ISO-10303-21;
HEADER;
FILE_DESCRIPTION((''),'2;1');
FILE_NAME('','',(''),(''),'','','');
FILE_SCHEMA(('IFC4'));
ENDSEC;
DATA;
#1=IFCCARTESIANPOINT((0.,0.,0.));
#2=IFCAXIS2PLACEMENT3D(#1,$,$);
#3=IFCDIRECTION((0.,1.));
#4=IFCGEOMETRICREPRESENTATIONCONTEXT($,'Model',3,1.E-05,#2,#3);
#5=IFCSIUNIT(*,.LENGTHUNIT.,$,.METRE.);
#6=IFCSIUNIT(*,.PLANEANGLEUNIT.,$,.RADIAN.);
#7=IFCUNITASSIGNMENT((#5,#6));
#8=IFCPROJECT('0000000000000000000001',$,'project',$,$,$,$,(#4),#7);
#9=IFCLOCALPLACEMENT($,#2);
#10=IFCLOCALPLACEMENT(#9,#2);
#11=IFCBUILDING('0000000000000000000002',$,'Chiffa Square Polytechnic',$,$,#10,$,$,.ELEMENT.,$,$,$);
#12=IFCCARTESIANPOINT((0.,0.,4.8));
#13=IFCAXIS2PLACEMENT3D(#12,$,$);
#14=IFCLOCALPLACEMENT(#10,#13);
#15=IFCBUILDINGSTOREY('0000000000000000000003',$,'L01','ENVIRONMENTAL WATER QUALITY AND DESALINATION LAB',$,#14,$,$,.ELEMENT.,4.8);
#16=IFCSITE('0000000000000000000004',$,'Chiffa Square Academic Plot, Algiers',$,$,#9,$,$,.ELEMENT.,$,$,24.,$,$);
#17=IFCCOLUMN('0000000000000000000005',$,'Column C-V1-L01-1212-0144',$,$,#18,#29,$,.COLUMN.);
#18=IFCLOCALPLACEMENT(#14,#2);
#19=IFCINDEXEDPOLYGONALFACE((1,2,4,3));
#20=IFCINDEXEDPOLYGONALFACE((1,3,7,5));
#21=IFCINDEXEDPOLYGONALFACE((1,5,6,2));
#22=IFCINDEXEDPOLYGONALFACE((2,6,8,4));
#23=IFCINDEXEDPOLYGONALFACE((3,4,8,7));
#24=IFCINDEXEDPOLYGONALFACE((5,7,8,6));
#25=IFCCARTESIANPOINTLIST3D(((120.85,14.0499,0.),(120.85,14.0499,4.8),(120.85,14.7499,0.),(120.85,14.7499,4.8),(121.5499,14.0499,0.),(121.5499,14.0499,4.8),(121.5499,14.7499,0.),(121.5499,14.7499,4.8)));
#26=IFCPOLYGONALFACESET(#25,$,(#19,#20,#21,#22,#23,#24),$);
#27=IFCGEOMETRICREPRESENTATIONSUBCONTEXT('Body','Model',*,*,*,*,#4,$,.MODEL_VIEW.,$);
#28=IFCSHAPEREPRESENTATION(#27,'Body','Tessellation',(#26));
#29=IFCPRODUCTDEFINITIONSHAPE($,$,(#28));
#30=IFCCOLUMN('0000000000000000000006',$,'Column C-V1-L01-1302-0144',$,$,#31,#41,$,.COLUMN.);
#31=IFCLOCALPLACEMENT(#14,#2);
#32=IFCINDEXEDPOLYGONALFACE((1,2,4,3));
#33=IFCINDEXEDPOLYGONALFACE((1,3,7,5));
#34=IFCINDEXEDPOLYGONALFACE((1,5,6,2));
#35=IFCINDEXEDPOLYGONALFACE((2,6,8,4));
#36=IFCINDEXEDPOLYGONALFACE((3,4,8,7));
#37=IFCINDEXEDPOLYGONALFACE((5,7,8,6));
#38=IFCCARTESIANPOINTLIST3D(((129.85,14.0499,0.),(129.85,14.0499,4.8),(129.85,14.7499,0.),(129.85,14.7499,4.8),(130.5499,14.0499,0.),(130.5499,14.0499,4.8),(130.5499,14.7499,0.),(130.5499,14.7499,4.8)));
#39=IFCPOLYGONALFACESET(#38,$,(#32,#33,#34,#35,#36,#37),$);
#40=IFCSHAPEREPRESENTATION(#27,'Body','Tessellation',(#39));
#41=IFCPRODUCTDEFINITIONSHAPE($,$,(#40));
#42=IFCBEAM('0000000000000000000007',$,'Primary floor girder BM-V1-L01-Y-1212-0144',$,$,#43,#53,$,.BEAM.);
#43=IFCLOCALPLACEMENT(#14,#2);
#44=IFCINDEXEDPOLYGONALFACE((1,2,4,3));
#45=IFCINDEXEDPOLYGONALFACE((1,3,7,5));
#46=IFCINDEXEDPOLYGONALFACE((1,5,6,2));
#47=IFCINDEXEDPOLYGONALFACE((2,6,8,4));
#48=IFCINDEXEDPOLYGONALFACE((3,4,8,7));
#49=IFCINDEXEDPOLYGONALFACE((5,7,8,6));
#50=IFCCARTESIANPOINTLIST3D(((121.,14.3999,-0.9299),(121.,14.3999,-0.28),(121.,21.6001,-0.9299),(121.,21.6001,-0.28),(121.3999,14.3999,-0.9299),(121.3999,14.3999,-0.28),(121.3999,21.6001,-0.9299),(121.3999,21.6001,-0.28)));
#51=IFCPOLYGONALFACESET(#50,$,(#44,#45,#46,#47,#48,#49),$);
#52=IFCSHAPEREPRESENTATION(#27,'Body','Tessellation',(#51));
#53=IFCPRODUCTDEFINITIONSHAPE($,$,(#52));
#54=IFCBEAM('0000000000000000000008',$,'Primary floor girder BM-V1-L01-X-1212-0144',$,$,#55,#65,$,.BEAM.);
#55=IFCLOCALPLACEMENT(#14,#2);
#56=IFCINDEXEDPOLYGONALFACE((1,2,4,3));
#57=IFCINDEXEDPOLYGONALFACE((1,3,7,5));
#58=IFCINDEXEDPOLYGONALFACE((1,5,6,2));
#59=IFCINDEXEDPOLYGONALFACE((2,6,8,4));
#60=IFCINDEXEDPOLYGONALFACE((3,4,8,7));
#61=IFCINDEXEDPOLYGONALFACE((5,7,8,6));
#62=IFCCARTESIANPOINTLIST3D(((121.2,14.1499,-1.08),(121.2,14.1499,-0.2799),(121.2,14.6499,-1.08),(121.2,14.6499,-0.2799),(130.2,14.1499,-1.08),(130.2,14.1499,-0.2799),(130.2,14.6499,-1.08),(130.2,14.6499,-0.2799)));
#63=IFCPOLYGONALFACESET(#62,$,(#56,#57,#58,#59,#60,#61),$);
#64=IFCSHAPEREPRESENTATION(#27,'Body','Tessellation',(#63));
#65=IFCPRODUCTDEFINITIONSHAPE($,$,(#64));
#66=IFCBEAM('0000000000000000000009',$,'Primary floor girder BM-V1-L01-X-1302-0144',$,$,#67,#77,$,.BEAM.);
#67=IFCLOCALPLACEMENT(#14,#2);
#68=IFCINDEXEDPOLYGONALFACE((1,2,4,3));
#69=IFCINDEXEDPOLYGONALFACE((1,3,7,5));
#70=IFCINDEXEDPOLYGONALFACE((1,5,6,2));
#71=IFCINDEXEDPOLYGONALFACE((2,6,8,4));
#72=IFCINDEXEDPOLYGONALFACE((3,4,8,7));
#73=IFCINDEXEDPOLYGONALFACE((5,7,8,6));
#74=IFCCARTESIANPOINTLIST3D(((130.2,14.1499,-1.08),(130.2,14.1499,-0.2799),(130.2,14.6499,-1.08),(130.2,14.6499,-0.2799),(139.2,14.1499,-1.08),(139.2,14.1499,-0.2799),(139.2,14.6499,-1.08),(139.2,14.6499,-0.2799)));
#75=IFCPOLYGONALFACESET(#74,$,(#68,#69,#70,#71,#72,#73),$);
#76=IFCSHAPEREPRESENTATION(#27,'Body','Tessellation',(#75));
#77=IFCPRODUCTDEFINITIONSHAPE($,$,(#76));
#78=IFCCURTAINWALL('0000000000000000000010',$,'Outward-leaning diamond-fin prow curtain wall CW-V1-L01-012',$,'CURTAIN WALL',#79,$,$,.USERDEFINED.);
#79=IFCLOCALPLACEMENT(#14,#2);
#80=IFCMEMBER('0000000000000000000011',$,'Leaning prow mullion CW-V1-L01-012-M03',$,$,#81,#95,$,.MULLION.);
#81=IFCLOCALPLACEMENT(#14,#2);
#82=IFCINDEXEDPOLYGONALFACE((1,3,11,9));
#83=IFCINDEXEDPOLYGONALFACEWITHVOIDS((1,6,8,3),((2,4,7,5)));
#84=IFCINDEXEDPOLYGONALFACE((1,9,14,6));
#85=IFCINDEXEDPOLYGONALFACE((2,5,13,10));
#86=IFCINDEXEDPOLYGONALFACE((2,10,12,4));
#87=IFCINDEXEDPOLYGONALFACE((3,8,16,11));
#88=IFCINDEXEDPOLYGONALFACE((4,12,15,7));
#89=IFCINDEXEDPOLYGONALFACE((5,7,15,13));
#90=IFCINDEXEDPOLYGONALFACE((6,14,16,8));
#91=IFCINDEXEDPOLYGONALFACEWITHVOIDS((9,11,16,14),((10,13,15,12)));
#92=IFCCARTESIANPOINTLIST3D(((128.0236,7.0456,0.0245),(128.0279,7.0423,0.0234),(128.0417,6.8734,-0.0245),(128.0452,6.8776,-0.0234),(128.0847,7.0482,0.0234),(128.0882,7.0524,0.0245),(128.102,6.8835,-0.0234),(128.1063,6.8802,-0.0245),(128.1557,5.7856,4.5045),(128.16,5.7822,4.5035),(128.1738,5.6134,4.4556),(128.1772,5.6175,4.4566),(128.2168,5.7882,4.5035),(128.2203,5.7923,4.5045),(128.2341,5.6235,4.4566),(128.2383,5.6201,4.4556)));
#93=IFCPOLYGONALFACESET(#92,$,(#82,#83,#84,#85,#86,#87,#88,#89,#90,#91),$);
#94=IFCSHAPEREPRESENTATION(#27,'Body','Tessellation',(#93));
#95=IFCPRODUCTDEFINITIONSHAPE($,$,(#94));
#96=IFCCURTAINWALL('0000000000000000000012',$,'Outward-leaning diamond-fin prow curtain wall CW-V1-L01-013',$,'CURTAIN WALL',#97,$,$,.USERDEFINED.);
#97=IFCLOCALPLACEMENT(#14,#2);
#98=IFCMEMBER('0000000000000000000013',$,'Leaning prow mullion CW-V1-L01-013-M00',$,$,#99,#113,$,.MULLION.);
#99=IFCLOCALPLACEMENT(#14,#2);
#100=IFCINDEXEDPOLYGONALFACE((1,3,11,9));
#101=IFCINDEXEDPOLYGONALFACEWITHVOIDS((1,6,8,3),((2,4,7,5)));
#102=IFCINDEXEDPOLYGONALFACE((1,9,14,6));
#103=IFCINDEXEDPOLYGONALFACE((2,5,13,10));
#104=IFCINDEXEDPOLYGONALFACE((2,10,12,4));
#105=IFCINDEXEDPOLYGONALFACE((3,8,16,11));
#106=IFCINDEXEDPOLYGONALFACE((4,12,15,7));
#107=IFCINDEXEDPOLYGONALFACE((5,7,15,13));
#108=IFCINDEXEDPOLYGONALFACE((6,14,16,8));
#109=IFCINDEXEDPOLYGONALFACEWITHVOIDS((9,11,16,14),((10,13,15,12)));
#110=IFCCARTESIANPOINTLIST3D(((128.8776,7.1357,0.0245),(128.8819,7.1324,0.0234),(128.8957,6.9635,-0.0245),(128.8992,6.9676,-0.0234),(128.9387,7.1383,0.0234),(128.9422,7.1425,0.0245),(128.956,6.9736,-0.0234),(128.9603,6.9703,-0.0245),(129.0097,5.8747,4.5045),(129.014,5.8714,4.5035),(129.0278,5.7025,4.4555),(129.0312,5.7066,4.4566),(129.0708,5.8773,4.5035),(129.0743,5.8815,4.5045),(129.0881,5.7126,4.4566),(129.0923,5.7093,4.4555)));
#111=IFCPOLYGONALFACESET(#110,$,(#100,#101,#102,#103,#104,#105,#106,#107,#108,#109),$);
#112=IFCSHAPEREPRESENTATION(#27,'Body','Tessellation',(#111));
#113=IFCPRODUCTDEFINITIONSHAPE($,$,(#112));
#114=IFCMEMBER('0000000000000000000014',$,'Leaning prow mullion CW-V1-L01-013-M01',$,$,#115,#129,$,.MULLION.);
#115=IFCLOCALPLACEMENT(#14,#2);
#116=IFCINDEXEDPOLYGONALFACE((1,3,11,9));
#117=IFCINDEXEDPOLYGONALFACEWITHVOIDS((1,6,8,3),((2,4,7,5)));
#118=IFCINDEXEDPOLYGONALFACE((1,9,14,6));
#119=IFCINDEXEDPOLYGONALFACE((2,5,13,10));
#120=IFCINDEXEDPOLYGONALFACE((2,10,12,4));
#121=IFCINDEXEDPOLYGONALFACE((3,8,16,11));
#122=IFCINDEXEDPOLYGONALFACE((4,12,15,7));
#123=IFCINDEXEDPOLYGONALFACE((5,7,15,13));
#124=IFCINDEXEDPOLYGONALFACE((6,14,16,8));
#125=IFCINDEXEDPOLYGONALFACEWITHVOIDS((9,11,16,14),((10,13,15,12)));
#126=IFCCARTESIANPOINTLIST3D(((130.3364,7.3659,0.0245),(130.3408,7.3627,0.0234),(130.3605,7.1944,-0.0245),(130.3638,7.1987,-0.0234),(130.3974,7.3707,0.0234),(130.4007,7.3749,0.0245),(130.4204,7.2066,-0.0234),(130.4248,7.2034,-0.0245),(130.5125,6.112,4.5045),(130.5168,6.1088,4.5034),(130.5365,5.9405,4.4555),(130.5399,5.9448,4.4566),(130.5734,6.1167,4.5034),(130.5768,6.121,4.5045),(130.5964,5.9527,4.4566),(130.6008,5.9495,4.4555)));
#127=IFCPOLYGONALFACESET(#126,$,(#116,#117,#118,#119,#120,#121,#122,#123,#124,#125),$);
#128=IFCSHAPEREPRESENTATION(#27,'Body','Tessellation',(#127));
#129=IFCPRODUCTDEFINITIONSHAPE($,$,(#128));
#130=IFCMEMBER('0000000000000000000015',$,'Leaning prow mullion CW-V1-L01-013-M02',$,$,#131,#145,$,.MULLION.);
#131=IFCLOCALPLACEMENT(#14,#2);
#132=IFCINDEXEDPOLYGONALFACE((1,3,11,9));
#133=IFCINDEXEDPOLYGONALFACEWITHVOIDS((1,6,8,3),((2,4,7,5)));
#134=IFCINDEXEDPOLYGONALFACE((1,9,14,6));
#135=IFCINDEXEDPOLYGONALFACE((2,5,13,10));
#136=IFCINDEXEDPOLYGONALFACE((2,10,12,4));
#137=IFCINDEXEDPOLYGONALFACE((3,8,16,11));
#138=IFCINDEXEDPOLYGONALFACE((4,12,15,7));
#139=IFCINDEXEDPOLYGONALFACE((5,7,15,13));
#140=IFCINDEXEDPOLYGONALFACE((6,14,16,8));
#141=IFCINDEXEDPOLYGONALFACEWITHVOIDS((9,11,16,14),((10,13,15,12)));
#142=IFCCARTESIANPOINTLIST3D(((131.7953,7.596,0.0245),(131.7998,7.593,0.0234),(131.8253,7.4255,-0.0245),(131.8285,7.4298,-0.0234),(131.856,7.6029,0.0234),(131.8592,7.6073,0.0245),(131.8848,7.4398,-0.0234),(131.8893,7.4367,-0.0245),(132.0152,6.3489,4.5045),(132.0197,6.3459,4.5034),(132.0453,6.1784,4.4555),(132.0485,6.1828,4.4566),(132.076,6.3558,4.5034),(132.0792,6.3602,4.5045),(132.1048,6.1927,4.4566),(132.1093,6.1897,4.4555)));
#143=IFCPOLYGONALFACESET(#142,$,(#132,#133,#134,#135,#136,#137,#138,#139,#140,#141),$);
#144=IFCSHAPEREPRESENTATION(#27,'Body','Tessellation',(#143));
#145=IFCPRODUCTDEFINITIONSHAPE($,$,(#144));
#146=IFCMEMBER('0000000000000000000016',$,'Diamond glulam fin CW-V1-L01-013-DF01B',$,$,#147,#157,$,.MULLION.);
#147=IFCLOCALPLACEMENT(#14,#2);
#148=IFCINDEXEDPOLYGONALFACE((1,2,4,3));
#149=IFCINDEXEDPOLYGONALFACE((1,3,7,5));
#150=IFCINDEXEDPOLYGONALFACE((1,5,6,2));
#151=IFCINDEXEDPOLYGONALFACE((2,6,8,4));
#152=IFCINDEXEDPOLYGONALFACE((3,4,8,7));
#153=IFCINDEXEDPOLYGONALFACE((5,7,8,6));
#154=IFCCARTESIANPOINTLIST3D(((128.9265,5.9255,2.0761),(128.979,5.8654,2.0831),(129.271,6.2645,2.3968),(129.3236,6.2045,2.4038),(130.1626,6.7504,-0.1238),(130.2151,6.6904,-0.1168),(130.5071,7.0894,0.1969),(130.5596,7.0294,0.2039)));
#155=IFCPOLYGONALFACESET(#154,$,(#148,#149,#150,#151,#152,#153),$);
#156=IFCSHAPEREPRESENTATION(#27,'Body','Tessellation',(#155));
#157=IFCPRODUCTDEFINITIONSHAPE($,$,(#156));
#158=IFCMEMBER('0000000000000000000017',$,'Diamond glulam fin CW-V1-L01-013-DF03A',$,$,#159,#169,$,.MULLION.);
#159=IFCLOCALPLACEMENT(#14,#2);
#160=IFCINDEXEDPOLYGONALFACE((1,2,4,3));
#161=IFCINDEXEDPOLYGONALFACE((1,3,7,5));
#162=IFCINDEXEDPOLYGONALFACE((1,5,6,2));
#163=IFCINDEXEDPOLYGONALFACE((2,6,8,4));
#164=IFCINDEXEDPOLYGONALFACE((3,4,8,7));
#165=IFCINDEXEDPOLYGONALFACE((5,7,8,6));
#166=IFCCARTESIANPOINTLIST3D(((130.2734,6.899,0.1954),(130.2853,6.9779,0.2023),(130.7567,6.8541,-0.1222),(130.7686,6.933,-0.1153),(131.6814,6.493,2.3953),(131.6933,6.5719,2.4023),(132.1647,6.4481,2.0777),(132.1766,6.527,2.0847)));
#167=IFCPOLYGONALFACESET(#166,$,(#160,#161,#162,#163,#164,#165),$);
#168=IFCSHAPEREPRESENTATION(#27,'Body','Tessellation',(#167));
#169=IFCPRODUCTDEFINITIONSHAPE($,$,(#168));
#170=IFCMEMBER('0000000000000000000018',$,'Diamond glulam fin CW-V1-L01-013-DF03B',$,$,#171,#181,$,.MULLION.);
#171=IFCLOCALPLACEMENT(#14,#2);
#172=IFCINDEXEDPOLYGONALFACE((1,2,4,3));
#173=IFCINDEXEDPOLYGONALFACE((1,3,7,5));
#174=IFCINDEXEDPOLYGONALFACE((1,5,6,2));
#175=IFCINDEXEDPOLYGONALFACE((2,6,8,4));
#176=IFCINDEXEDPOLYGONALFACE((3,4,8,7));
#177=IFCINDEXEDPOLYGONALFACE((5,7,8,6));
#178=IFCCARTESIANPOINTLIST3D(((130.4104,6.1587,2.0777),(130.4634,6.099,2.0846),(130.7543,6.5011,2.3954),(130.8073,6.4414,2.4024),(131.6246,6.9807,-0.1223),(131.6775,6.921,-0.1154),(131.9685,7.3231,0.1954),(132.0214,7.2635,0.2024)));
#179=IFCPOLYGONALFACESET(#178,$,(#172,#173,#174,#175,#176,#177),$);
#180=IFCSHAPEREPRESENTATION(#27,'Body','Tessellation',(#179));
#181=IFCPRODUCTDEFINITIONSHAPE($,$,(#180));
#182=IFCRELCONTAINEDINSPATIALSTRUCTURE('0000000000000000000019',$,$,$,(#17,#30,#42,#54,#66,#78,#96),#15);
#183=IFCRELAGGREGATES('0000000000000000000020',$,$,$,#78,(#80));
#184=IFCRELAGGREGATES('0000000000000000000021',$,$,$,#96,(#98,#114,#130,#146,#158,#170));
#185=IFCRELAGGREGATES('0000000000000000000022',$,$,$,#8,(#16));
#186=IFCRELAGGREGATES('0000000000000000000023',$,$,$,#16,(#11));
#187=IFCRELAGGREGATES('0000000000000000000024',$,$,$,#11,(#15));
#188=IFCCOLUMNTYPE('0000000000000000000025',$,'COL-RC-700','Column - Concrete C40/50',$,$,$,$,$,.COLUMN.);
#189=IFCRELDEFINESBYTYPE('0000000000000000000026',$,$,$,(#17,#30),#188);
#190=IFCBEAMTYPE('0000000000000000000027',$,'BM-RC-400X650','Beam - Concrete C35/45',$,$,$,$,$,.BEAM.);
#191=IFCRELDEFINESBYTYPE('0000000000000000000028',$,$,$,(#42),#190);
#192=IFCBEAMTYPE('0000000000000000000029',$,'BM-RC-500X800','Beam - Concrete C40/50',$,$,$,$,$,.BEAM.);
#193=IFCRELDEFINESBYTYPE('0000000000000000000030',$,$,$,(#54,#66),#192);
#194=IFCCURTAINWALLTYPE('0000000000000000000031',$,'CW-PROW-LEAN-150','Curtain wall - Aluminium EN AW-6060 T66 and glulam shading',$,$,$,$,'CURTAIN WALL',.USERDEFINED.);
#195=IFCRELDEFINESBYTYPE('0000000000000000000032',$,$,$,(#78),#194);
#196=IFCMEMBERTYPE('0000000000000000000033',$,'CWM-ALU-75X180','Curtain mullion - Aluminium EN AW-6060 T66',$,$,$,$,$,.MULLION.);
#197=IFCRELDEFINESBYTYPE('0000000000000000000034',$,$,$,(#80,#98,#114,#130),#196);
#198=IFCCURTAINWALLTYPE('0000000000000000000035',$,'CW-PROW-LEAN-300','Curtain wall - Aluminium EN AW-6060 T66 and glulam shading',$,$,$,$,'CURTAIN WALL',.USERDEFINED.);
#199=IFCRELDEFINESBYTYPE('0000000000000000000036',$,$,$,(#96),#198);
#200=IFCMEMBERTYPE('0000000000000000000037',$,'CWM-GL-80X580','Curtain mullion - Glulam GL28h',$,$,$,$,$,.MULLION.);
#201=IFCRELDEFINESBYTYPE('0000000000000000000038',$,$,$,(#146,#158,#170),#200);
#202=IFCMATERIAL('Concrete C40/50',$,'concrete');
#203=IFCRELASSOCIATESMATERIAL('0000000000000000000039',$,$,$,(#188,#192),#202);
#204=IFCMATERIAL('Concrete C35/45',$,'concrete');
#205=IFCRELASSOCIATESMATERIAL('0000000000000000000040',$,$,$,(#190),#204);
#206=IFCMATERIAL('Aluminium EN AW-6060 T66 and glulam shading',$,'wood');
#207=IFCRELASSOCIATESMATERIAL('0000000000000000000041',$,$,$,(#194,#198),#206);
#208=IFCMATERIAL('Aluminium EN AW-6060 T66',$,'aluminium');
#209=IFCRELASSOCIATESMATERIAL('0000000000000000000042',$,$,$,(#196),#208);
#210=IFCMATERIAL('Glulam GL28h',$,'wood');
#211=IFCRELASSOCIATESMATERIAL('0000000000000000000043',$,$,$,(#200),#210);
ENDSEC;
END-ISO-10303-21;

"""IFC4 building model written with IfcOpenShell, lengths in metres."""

from ifc_helpers import new_model, si_unit, direction, frame, origin, origin_2d, place, context, subcontext, project, spatial, rectangle, hollow_rectangle, extrude, material, material_profile, profile_set, type_object, element, aggregate, save


model = new_model("IFC4")

# Units and contexts
model_context = context("Model", 3, precision=1e-05, world=origin(), true_north=direction((0.0, 1.0)))
body_context = subcontext(model_context, "Body", "Model", "MODEL_VIEW")
ifc_project = project(units=[si_unit("LENGTHUNIT", "METRE"), si_unit("PLANEANGLEUNIT", "RADIAN")], contexts=[model_context])

# Site, building, storey
site_placement = place(None, origin())
site = spatial("IfcSite", under=ifc_project, at=site_placement, Name="Chiffa Square Academic Plot, Algiers", CompositionType="ELEMENT", RefElevation=24.0)
building_placement = place(site_placement, origin())
building = spatial("IfcBuilding", under=site, at=building_placement, Name="Chiffa Square Polytechnic", CompositionType="ELEMENT")
storey_placement = place(building_placement, frame((0.0, 0.0, 4.8)))
storey = spatial("IfcBuildingStorey", under=building, at=storey_placement, Name="L01", Description="ENVIRONMENTAL WATER QUALITY AND DESALINATION LAB", CompositionType="ELEMENT", Elevation=4.8)

# Columns
ifc_material_1 = material(Name="Concrete C40/50", Category="concrete")
ifc_material_profile_1 = material_profile(ifc_material_1, rectangle(XDim=0.7, YDim=0.7, at=origin_2d()), Name="RC 700x700")
ifc_profile_set_1 = profile_set([ifc_material_profile_1], Name="Concrete C40/50")
column_type = type_object("IfcColumnType", Name="COL-RC-700", Description="Column - Concrete C40/50", PredefinedType="COLUMN", material=ifc_profile_set_1)
for number, where, z_axis, x_axis, name in (
    (1, (121.2, 14.3999, 0.0), (0.0, 0.0, 1.0), (1.0, 0.0, 0.0), "Column C-V1-L01-1212-0144"),
    (2, (130.2, 14.3999, 0.0), (0.0, 0.0, 1.0), (1.0, 0.0, 0.0), "Column C-V1-L01-1302-0144"),
):
    element("IfcColumn", number, at=place(storey_placement, frame(where, z_axis=z_axis, x_axis=x_axis)), inside=storey, type_object=column_type, Name=name, PredefinedType="COLUMN", context=body_context, shape_type="SweptSolid", body=[
        extrude(rectangle(XDim=0.7, YDim=0.7, at=origin_2d()), origin(), (0.0, 0.0, 1.0), 4.8),
    ])

# Beams
ifc_material_2 = material(Name="Concrete C35/45", Category="concrete")
ifc_material_profile_2 = material_profile(ifc_material_2, rectangle(XDim=0.3999, YDim=0.6499, at=origin_2d()), Name="RC 400x650")
ifc_profile_set_2 = profile_set([ifc_material_profile_2], Name="Concrete C35/45")
beam_type_1 = type_object("IfcBeamType", Name="BM-RC-400X650", Description="Beam - Concrete C35/45", PredefinedType="BEAM", material=ifc_profile_set_2)
beam_placement = place(storey_placement, frame((121.2, 14.3999, -0.605), z_axis=(0.0, 1.0, 0.0), x_axis=(-1.0, 0.0, 0.0)))
element("IfcBeam", 3, at=beam_placement, inside=storey, type_object=beam_type_1, Name="Primary floor girder BM-V1-L01-Y-1212-0144", PredefinedType="BEAM", context=body_context, shape_type="SweptSolid", body=[
    extrude(rectangle(XDim=0.3999, YDim=0.6499, at=origin_2d()), origin(), (0.0, 0.0, 1.0), 7.2002),
])
ifc_material_profile_3 = material_profile(ifc_material_1, rectangle(XDim=0.5, YDim=0.8, at=origin_2d()), Name="RC 500x800")
ifc_profile_set_3 = profile_set([ifc_material_profile_3], Name="Concrete C40/50")
beam_type_2 = type_object("IfcBeamType", Name="BM-RC-500X800", Description="Beam - Concrete C40/50", PredefinedType="BEAM", material=ifc_profile_set_3)
for number, where, z_axis, x_axis, name in (
    (4, (121.2, 14.3999, -0.6799), (1.0, 0.0, 0.0), (0.0, 1.0, 0.0), "Primary floor girder BM-V1-L01-X-1212-0144"),
    (5, (130.2, 14.3999, -0.6799), (1.0, 0.0, 0.0), (0.0, 1.0, 0.0), "Primary floor girder BM-V1-L01-X-1302-0144"),
):
    element("IfcBeam", number, at=place(storey_placement, frame(where, z_axis=z_axis, x_axis=x_axis)), inside=storey, type_object=beam_type_2, Name=name, PredefinedType="BEAM", context=body_context, shape_type="SweptSolid", body=[
        extrude(rectangle(XDim=0.5, YDim=0.8, at=origin_2d()), origin(), (0.0, 0.0, 1.0), 9.0),
    ])

# Curtain wall, member
ifc_material_3 = material(Name="Aluminium EN AW-6060 T66 and glulam shading", Category="wood")
curtain_wall_type_1 = type_object("IfcCurtainWallType", Name="CW-PROW-LEAN-150", Description="Curtain wall - Aluminium EN AW-6060 T66 and glulam shading", ElementType="CURTAIN WALL", PredefinedType="USERDEFINED", material=ifc_material_3)
curtain_wall_1_placement = place(storey_placement, origin())
curtain_wall_1 = element("IfcCurtainWall", 6, at=curtain_wall_1_placement, inside=storey, type_object=curtain_wall_type_1, Name="Outward-leaning diamond-fin prow curtain wall CW-V1-L01-012", ObjectType="CURTAIN WALL", PredefinedType="USERDEFINED")
ifc_material_4 = material(Name="Aluminium EN AW-6060 T66", Category="aluminium")
ifc_material_profile_4 = material_profile(ifc_material_4, hollow_rectangle(XDim=0.0649, YDim=0.1799, WallThickness=0.0039, at=origin_2d()), Name="ALU 65x180x4")
ifc_profile_set_4 = profile_set([ifc_material_profile_4], Name="Aluminium EN AW-6060 T66")
member_type_1 = type_object("IfcMemberType", Name="CWM-ALU-75X180", Description="Curtain mullion - Aluminium EN AW-6060 T66", PredefinedType="MULLION", material=ifc_profile_set_4)
member_1_placement = place(storey_placement, frame((128.0649, 6.9629, 0.0), z_axis=(0.02837, -0.27064, 0.962263), x_axis=(0.994551, 0.104253, 0.0)))
member_1 = element("IfcMember", 7, at=member_1_placement, type_object=member_type_1, Name="Leaning prow mullion CW-V1-L01-012-M03", PredefinedType="MULLION", context=body_context, shape_type="SweptSolid", body=[
    extrude(hollow_rectangle(XDim=0.0649, YDim=0.1799, WallThickness=0.0039, at=origin_2d()), origin(), (0.0, 0.0, 1.0), 4.6558),
])
aggregate(curtain_wall_1, [member_1])

# Curtain wall, members
curtain_wall_type_2 = type_object("IfcCurtainWallType", Name="CW-PROW-LEAN-300", Description="Curtain wall - Aluminium EN AW-6060 T66 and glulam shading", ElementType="CURTAIN WALL", PredefinedType="USERDEFINED", material=ifc_material_3)
curtain_wall_2_placement = place(storey_placement, origin())
curtain_wall_2 = element("IfcCurtainWall", 8, at=curtain_wall_2_placement, inside=storey, type_object=curtain_wall_type_2, Name="Outward-leaning diamond-fin prow curtain wall CW-V1-L01-013", ObjectType="CURTAIN WALL", PredefinedType="USERDEFINED")
member_2_placement = place(storey_placement, frame((128.9189, 7.053, 0.0), z_axis=(0.028368, -0.270834, 0.962208), x_axis=(0.994559, 0.104174, 0.0)))
member_2 = element("IfcMember", 9, at=member_2_placement, type_object=member_type_1, Name="Leaning prow mullion CW-V1-L01-013-M00", PredefinedType="MULLION", context=body_context, shape_type="SweptSolid", body=[
    extrude(hollow_rectangle(XDim=0.0649, YDim=0.1799, WallThickness=0.0039, at=origin_2d()), origin(), (0.0, 0.0, 1.0), 4.656),
])
member_3_placement = place(storey_placement, frame((130.3806, 7.2847, 0.0), z_axis=(0.03781, -0.26934, 0.962303), x_axis=(0.99029, 0.139018, 0.0)))
member_3 = element("IfcMember", 10, at=member_3_placement, type_object=member_type_1, Name="Leaning prow mullion CW-V1-L01-013-M01", PredefinedType="MULLION", context=body_context, shape_type="SweptSolid", body=[
    extrude(hollow_rectangle(XDim=0.0649, YDim=0.1799, WallThickness=0.0039, at=origin_2d()), origin(), (0.0, 0.0, 1.0), 4.6555),
])
member_4_placement = place(storey_placement, frame((131.8423, 7.5164, 0.0), z_axis=(0.04725, -0.26787, 0.962296), x_axis=(0.984797, 0.173708, 0.0)))
member_4 = element("IfcMember", 11, at=member_4_placement, type_object=member_type_1, Name="Leaning prow mullion CW-V1-L01-013-M02", PredefinedType="MULLION", context=body_context, shape_type="SweptSolid", body=[
    extrude(hollow_rectangle(XDim=0.0649, YDim=0.1799, WallThickness=0.0039, at=origin_2d()), origin(), (0.0, 0.0, 1.0), 4.6555),
])
ifc_material_5 = material(Name="Glulam GL28h", Category="wood")
ifc_material_profile_5 = material_profile(ifc_material_5, rectangle(XDim=0.0801, YDim=0.5801, at=origin_2d()), Name="GL28h 80x580")
ifc_profile_set_5 = profile_set([ifc_material_profile_5], Name="Glulam GL28h")
member_type_2 = type_object("IfcMemberType", Name="CWM-GL-80X580", Description="Curtain mullion - Glulam GL28h", PredefinedType="MULLION", material=ifc_profile_set_5)
member_5_placement = place(storey_placement, frame((130.3611, 6.8899, 0.04), z_axis=(-0.465595, -0.310734, 0.828653), x_axis=(0.656105, -0.749572, 0.087566)))
member_5 = element("IfcMember", 12, at=member_5_placement, type_object=member_type_2, Name="Diamond glulam fin CW-V1-L01-013-DF01B", PredefinedType="MULLION", context=body_context, shape_type="SweptSolid", body=[
    extrude(rectangle(XDim=0.0801, YDim=0.5801, at=origin_2d()), origin(), (0.0, 0.0, 1.0), 2.6548),
])
member_6_placement = place(storey_placement, frame((130.521, 6.916, 0.04), z_axis=(0.532654, -0.153599, 0.832278), x_axis=(0.148564, 0.985093, 0.086721)))
member_6 = element("IfcMember", 13, at=member_6_placement, type_object=member_type_2, Name="Diamond glulam fin CW-V1-L01-013-DF03A", PredefinedType="MULLION", context=body_context, shape_type="SweptSolid", body=[
    extrude(rectangle(XDim=0.0801, YDim=0.5801, at=origin_2d()), origin(), (0.0, 0.0, 1.0), 2.6433),
])
member_7_placement = place(storey_placement, frame((131.823, 7.1221, 0.04), z_axis=(-0.459233, -0.310927, 0.832124), x_axis=(0.66153, -0.744883, 0.086757)))
member_7 = element("IfcMember", 14, at=member_7_placement, type_object=member_type_2, Name="Diamond glulam fin CW-V1-L01-013-DF03B", PredefinedType="MULLION", context=body_context, shape_type="SweptSolid", body=[
    extrude(rectangle(XDim=0.0801, YDim=0.5801, at=origin_2d()), origin(), (0.0, 0.0, 1.0), 2.6438),
])
aggregate(curtain_wall_2, [member_2, member_3, member_4, member_5, member_6, member_7])

save(model, "model.ifc")
